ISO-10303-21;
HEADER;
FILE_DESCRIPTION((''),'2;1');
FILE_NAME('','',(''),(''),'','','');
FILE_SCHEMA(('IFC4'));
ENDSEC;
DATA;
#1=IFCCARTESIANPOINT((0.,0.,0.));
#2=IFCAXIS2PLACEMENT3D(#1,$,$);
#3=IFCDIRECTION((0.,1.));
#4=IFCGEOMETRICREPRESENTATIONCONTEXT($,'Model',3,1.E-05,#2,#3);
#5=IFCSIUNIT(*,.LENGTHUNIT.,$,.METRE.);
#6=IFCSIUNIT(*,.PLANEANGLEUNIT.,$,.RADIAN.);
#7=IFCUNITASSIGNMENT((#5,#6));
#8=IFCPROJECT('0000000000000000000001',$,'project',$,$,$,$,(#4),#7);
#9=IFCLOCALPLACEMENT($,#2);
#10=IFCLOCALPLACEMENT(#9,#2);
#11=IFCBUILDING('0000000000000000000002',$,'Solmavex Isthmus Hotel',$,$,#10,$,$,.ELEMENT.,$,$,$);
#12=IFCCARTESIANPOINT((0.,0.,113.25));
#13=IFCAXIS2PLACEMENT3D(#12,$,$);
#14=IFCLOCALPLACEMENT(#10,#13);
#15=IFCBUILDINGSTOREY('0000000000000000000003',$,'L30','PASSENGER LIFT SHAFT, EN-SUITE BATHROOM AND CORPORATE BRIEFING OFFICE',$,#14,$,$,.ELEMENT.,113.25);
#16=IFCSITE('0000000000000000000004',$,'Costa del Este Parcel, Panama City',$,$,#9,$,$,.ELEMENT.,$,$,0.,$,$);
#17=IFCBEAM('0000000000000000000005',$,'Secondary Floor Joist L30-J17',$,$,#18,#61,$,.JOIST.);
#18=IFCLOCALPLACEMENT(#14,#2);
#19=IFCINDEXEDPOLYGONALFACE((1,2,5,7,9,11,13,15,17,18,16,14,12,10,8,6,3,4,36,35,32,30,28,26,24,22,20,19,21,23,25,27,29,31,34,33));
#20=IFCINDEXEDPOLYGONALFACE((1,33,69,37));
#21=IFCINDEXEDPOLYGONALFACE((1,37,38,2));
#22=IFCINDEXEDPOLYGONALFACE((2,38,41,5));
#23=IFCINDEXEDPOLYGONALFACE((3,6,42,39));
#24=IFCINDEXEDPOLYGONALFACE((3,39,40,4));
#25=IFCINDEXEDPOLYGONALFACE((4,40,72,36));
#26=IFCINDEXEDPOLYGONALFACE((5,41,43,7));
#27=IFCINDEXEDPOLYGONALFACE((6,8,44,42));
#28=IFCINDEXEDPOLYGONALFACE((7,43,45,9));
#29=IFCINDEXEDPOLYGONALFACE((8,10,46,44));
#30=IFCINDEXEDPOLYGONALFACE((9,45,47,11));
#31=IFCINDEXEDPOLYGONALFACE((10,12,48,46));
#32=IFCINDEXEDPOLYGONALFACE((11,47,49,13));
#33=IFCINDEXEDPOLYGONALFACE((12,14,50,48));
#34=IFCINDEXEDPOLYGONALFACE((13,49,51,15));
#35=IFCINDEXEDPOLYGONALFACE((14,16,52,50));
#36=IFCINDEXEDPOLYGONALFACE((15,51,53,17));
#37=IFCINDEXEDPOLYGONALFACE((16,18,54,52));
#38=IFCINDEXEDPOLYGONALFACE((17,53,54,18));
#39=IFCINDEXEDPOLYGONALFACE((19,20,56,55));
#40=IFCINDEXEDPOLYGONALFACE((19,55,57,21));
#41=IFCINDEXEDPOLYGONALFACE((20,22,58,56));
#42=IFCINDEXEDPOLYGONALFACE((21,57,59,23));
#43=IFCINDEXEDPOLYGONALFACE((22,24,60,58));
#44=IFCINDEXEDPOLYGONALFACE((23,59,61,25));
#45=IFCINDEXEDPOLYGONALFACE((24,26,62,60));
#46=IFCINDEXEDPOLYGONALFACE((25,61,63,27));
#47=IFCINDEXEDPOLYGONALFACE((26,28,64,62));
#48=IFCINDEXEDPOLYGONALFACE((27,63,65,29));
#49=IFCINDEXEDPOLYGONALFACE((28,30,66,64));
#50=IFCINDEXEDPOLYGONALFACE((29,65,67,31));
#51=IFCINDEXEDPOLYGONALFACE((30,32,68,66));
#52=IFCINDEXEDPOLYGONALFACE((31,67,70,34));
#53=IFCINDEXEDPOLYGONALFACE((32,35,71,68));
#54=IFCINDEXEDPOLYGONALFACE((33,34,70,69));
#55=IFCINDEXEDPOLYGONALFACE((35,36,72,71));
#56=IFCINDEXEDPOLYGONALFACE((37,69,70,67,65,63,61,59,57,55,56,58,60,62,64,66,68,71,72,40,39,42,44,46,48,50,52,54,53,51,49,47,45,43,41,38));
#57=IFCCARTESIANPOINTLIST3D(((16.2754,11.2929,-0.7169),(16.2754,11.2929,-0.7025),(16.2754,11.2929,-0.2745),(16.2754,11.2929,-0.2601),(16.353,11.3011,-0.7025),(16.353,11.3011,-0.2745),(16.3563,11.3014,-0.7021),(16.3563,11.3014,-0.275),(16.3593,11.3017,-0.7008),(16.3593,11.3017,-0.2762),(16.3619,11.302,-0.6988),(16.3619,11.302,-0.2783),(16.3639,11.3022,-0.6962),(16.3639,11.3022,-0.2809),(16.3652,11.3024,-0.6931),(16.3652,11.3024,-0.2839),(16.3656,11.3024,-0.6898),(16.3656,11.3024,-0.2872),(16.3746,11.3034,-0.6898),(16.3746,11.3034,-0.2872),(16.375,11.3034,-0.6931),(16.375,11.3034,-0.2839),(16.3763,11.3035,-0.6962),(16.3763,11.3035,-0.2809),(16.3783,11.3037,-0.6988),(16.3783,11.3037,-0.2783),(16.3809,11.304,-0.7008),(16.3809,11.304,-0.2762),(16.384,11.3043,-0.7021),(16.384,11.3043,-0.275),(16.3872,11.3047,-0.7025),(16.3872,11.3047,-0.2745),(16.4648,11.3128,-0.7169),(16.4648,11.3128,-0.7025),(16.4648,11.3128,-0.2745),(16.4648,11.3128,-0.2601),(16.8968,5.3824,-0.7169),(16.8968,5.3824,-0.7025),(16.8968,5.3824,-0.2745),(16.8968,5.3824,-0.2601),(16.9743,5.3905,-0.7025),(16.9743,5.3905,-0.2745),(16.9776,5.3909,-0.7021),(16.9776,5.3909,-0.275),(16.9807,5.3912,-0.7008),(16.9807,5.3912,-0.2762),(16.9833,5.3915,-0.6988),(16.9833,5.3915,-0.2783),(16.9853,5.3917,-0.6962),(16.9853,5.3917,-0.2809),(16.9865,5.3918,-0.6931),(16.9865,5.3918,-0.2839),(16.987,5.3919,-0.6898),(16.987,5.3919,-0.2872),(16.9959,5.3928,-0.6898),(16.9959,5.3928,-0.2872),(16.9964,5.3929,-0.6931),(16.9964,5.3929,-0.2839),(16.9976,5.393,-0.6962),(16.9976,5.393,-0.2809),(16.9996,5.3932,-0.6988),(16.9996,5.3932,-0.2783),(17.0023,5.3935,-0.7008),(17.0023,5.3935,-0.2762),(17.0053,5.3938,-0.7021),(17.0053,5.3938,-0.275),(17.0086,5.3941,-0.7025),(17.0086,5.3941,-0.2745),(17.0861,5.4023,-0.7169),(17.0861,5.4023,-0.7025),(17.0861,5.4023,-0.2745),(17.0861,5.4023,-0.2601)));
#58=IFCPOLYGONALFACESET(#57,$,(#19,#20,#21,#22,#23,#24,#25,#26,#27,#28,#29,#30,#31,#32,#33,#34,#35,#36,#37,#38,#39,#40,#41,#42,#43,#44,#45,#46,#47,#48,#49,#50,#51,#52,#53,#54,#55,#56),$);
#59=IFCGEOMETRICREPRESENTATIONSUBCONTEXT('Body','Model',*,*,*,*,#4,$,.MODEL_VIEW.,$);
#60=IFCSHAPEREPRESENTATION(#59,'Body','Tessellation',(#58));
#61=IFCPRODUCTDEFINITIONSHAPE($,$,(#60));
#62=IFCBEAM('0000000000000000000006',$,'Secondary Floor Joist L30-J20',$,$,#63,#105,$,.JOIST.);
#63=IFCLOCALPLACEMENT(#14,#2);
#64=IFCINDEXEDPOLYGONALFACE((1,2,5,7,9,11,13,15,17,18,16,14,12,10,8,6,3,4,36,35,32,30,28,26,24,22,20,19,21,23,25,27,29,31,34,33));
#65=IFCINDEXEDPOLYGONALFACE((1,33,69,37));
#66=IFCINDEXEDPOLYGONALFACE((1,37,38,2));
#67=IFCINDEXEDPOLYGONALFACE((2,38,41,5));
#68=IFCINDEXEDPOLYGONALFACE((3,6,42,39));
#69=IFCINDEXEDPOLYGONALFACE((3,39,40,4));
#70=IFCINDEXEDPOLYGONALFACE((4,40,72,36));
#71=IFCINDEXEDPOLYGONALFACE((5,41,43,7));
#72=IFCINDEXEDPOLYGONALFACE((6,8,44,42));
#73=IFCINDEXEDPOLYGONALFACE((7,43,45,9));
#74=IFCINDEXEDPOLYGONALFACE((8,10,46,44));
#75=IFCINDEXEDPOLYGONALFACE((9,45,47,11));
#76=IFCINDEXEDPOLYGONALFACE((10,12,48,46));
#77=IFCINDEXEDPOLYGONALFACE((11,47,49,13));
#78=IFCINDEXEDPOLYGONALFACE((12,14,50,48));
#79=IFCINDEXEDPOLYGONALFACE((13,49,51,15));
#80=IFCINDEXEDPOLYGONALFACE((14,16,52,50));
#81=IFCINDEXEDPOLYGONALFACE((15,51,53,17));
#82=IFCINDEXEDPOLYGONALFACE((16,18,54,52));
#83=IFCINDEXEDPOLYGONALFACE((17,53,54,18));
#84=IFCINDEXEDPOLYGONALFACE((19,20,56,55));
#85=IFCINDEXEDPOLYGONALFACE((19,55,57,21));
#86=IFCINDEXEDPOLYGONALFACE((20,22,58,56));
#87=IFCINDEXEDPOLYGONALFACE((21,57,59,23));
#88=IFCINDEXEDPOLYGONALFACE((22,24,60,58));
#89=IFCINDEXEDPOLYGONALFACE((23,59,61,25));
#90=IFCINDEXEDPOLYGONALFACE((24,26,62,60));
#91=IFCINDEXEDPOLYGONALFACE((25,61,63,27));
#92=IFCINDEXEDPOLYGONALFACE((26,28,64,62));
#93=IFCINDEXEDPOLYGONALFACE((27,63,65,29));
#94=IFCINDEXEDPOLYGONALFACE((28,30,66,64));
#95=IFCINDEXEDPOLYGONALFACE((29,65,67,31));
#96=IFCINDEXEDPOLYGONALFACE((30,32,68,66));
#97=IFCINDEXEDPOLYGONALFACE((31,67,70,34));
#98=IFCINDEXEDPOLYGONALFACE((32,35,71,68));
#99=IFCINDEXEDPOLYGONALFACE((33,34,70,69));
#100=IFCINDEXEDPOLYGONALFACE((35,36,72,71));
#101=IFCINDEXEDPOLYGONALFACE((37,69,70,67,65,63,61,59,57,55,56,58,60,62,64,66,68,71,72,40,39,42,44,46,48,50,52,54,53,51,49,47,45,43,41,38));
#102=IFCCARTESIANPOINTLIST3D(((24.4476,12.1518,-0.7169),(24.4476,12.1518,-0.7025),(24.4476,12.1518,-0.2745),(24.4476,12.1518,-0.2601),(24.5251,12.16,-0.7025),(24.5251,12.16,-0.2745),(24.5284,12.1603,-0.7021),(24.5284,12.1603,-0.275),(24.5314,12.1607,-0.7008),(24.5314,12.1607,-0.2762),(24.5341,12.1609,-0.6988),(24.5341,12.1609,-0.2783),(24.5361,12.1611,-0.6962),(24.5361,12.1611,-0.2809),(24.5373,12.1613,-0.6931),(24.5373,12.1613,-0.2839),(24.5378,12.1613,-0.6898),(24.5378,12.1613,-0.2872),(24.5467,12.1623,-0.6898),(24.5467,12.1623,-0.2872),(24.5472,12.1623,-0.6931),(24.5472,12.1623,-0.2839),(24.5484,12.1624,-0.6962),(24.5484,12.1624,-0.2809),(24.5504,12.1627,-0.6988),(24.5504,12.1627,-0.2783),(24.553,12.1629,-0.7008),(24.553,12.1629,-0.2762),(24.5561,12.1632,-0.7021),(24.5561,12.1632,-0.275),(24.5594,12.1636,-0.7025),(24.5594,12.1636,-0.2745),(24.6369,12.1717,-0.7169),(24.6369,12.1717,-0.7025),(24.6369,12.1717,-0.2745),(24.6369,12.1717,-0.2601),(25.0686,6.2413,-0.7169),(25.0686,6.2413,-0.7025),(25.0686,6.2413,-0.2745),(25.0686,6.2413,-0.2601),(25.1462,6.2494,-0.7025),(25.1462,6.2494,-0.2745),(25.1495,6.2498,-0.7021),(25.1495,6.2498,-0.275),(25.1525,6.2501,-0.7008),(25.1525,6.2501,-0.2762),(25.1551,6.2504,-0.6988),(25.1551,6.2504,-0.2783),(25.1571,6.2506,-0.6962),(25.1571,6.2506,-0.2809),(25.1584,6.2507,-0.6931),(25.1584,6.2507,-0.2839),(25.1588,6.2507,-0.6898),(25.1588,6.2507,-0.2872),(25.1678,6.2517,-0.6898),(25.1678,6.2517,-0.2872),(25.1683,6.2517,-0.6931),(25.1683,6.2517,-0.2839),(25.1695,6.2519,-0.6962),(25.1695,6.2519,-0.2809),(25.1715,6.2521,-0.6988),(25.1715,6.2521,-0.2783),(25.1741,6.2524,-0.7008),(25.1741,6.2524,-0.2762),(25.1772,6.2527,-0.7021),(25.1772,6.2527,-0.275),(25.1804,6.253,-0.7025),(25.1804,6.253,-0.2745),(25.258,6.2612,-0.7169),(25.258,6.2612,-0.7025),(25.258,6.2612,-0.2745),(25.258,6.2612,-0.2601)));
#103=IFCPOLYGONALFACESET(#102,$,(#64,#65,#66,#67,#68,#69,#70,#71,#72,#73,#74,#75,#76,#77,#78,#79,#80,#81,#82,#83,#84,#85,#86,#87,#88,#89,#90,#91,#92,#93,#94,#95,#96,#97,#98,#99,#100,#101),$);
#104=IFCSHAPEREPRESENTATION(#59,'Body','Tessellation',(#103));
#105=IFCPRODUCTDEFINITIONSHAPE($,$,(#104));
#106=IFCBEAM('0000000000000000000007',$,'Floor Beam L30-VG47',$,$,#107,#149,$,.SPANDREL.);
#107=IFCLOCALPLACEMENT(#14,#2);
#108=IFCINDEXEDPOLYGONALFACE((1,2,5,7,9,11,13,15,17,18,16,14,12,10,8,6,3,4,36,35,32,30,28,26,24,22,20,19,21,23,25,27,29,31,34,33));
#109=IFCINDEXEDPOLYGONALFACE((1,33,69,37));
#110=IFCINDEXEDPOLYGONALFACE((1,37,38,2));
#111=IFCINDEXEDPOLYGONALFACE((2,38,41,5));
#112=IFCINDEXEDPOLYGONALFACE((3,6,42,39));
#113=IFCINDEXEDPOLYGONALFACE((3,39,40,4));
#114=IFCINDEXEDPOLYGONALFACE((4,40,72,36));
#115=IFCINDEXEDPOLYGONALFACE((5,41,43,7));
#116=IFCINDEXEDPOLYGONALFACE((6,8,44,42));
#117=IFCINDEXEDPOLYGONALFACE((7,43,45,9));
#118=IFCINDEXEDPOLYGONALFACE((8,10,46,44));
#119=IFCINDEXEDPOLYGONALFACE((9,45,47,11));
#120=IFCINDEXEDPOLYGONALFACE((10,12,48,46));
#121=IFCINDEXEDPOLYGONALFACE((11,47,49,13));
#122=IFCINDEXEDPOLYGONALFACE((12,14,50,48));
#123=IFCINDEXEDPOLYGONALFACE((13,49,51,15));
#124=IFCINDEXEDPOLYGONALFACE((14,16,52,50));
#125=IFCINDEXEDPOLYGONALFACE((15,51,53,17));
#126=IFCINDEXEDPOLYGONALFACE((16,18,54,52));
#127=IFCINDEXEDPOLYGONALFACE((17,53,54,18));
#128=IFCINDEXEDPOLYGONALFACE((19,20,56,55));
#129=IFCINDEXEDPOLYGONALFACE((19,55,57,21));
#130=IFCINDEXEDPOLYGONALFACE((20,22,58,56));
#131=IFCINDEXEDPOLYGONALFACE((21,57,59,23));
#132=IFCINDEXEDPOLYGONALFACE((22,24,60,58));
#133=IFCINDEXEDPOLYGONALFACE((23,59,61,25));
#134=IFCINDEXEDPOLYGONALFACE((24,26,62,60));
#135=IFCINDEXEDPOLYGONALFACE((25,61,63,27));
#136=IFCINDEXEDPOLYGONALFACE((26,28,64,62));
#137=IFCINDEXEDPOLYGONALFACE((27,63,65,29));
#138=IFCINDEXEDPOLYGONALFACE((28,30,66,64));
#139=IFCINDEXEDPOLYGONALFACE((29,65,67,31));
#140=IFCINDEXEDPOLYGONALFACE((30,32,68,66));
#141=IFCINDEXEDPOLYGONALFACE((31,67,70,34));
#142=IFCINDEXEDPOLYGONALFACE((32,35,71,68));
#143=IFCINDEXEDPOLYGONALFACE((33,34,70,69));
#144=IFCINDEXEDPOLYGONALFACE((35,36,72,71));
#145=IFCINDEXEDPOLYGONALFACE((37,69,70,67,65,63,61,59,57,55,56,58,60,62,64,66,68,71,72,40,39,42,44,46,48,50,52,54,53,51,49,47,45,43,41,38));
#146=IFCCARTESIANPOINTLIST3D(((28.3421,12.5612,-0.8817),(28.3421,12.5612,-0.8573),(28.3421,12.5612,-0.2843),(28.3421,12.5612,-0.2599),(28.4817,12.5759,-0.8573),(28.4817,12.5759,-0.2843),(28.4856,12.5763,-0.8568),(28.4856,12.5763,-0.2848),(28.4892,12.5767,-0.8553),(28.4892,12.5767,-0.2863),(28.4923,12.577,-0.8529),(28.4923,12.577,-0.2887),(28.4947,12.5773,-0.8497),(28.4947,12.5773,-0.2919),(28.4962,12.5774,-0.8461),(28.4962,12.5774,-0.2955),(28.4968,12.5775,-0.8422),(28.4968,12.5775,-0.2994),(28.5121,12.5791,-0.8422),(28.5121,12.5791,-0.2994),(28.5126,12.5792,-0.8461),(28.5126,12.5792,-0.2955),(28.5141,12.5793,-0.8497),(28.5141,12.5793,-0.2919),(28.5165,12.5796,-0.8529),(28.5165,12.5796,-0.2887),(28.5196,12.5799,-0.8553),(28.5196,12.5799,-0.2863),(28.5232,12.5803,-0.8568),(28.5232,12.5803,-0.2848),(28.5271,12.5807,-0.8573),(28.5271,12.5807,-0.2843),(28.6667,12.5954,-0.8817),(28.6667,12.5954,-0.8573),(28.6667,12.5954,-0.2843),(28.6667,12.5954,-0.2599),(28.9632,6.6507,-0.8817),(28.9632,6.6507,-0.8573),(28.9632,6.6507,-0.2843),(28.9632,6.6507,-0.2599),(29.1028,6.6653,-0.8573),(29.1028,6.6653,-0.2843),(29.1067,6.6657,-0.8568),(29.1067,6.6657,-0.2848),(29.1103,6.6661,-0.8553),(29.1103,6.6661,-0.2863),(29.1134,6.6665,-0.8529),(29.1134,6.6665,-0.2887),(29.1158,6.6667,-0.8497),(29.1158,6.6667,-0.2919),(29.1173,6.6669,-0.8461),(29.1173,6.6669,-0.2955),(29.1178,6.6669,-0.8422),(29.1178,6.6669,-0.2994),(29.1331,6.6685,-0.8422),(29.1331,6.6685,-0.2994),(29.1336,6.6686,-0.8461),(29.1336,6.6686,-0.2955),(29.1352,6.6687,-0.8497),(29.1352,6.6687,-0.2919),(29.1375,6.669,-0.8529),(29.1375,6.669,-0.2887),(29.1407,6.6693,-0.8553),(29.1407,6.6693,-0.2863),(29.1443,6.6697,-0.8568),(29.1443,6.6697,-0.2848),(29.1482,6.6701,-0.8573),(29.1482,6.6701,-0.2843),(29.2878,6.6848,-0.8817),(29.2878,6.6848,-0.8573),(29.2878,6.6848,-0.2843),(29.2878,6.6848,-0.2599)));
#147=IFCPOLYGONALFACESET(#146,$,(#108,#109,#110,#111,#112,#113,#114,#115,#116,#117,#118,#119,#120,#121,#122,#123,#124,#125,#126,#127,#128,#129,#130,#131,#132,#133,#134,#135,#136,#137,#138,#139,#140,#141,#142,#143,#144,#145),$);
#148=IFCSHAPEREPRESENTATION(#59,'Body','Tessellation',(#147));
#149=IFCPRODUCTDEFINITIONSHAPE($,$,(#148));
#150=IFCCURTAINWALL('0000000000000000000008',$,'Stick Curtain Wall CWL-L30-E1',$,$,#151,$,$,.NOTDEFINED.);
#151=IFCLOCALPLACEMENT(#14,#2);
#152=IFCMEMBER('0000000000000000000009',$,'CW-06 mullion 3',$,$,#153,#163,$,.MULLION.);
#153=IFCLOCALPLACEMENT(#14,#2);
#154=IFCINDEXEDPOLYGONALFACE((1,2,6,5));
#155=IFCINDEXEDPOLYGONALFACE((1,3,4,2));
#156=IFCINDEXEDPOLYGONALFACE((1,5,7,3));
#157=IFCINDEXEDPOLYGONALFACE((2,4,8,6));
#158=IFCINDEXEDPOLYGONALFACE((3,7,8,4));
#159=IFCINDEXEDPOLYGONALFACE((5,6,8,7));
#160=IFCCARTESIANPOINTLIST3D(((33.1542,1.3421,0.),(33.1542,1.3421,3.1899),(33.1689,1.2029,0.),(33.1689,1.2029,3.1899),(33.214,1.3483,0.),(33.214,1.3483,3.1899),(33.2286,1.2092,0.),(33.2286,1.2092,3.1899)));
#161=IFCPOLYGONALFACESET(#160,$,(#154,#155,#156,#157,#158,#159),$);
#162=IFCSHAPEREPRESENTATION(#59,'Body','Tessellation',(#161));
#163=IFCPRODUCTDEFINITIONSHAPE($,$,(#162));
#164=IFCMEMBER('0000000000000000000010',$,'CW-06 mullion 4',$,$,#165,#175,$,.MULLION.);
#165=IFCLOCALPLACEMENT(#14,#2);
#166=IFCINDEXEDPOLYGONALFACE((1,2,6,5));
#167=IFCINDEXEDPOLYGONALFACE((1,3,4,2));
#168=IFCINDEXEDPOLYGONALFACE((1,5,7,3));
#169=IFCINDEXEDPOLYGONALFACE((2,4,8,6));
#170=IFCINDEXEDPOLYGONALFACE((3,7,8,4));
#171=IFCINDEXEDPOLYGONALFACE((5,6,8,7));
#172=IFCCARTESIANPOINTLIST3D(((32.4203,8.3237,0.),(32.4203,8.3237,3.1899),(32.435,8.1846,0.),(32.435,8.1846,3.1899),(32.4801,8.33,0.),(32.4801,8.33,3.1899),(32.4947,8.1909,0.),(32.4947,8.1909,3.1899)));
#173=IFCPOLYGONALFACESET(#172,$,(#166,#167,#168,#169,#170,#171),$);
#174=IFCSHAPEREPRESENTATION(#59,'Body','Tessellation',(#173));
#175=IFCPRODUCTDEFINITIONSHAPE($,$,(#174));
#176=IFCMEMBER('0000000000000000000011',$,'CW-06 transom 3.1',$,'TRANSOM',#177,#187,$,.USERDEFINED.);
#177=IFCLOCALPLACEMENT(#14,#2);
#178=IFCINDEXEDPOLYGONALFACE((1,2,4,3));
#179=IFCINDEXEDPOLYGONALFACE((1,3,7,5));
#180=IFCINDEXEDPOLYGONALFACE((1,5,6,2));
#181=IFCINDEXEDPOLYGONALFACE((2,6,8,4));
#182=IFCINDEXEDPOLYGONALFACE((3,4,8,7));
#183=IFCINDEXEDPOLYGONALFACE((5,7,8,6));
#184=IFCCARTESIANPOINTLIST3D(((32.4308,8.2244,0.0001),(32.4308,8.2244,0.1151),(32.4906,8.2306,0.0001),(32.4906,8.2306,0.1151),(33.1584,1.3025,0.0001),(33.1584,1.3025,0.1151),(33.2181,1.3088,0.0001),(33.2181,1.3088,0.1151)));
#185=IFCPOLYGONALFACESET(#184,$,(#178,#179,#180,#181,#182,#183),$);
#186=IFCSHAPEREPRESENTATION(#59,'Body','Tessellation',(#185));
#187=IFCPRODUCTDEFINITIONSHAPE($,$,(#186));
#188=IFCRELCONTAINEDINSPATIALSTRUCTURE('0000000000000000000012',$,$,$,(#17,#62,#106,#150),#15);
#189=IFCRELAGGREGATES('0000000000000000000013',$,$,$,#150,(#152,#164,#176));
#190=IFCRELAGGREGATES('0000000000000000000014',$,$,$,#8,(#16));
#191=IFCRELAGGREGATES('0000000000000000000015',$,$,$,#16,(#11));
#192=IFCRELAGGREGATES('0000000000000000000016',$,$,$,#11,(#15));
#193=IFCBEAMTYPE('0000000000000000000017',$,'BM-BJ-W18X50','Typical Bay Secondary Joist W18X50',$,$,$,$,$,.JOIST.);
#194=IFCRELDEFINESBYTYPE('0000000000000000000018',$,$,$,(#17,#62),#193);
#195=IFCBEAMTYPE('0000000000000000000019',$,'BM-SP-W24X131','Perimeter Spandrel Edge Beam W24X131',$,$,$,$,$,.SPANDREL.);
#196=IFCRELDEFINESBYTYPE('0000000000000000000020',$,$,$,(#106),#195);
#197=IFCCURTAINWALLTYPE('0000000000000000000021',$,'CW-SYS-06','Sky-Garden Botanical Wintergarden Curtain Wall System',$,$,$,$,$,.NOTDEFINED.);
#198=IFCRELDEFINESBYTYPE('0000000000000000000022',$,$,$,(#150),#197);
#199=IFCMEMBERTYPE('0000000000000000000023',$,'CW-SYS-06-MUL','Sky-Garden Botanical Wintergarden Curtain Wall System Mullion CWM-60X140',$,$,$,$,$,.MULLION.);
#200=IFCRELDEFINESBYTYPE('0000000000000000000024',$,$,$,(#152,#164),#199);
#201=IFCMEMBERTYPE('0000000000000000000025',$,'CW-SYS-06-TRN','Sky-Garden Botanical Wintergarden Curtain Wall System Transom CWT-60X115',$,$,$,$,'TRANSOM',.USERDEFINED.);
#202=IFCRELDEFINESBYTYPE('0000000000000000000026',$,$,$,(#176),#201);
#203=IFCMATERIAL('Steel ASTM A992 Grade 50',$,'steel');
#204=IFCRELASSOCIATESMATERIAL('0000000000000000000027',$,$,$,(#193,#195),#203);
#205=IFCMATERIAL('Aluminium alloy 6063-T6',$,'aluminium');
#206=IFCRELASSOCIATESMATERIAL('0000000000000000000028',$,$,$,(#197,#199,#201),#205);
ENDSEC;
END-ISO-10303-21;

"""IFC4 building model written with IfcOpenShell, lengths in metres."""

from ifc_helpers import new_model, si_unit, direction, frame, origin, origin_2d, place, context, subcontext, project, spatial, rectangle, i_section, extrude, material, material_profile, profile_set, type_object, element, aggregate, save


model = new_model("IFC4")

# Units and contexts
model_context = context("Model", 3, precision=1e-05, world=origin(), true_north=direction((0.0, 1.0)))
body_context = subcontext(model_context, "Body", "Model", "MODEL_VIEW")
ifc_project = project(units=[si_unit("LENGTHUNIT", "METRE"), si_unit("PLANEANGLEUNIT", "RADIAN")], contexts=[model_context])

# Site, building, storey
site_placement = place(None, origin())
site = spatial("IfcSite", under=ifc_project, at=site_placement, Name="Costa del Este Parcel, Panama City", CompositionType="ELEMENT", RefElevation=0.0)
building_placement = place(site_placement, origin())
building = spatial("IfcBuilding", under=site, at=building_placement, Name="Solmavex Isthmus Hotel", CompositionType="ELEMENT")
storey_placement = place(building_placement, frame((0.0, 0.0, 113.25)))
storey = spatial("IfcBuildingStorey", under=building, at=storey_placement, Name="L30", Description="PASSENGER LIFT SHAFT, EN-SUITE BATHROOM AND CORPORATE BRIEFING OFFICE", CompositionType="ELEMENT", Elevation=113.25)

# Beams
ifc_material_1 = material(Name="Steel ASTM A992 Grade 50", Category="steel")
ifc_material_profile_1 = material_profile(ifc_material_1, i_section(OverallWidth=0.1904, OverallDepth=0.4568, WebThickness=0.009, FlangeThickness=0.0144, FilletRadius=0.0127, at=origin_2d()), Name="W18X50")
ifc_profile_set_1 = profile_set([ifc_material_profile_1], Name="Steel ASTM A992 Grade 50")
beam_type_1 = type_object("IfcBeamType", Name="BM-BJ-W18X50", Description="Typical Bay Secondary Joist W18X50", PredefinedType="JOIST", material=ifc_profile_set_1)
for number, where, z_axis, x_axis, name in (
    (1, (16.9915, 5.3923, -0.4885), (-0.104546, 0.99452, 0.0), (-0.99452, -0.104546, 0.0), "Secondary Floor Joist L30-J17"),
    (2, (25.1633, 6.2512, -0.4885), (-0.104505, 0.994524, 0.0), (-0.994524, -0.104505, 0.0), "Secondary Floor Joist L30-J20"),
):
    element("IfcBeam", number, at=place(storey_placement, frame(where, z_axis=z_axis, x_axis=x_axis)), inside=storey, type_object=beam_type_1, Name=name, PredefinedType="JOIST", context=body_context, shape_type="SweptSolid", body=[
        extrude(i_section(OverallWidth=0.1904, OverallDepth=0.4568, WebThickness=0.009, FlangeThickness=0.0144, FilletRadius=0.0127, at=origin_2d()), origin(), (0.0, 0.0, 1.0), 5.9431),
    ])
ifc_material_profile_2 = material_profile(ifc_material_1, i_section(OverallWidth=0.3264, OverallDepth=0.6218, WebThickness=0.0154, FlangeThickness=0.0244, FilletRadius=0.0151, at=origin_2d()), Name="W24X131")
ifc_profile_set_2 = profile_set([ifc_material_profile_2], Name="Steel ASTM A992 Grade 50")
beam_type_2 = type_object("IfcBeamType", Name="BM-SP-W24X131", Description="Perimeter Spandrel Edge Beam W24X131", PredefinedType="SPANDREL", material=ifc_profile_set_2)
beam_1_placement = place(storey_placement, frame((29.1255, 6.6677, -0.5708), z_axis=(-0.104505, 0.994524, 0.0), x_axis=(-0.994524, -0.104505, 0.0)))
element("IfcBeam", 3, at=beam_1_placement, inside=storey, type_object=beam_type_2, Name="Floor Beam L30-VG47", PredefinedType="SPANDREL", context=body_context, shape_type="SweptSolid", body=[
    extrude(i_section(OverallWidth=0.3264, OverallDepth=0.6218, WebThickness=0.0154, FlangeThickness=0.0244, FilletRadius=0.0151, at=origin_2d()), origin(), (0.0, 0.0, 1.0), 5.9431),
])

# Curtain wall, members
ifc_material_2 = material(Name="Aluminium alloy 6063-T6", Category="aluminium")
curtain_wall_type = type_object("IfcCurtainWallType", Name="CW-SYS-06", Description="Sky-Garden Botanical Wintergarden Curtain Wall System", PredefinedType="NOTDEFINED", material=ifc_material_2)
curtain_wall_placement = place(storey_placement, origin())
curtain_wall = element("IfcCurtainWall", 4, at=curtain_wall_placement, inside=storey, type_object=curtain_wall_type, Name="Stick Curtain Wall CWL-L30-E1", PredefinedType="NOTDEFINED")
ifc_material_profile_3 = material_profile(ifc_material_2, rectangle(XDim=0.0601, YDim=0.1399, at=origin_2d()), Name="CWM-60X140")
ifc_profile_set_3 = profile_set([ifc_material_profile_3], Name="Aluminium alloy 6063-T6")
member_type_1 = type_object("IfcMemberType", Name="CW-SYS-06-MUL", Description="Sky-Garden Botanical Wintergarden Curtain Wall System Mullion CWM-60X140", PredefinedType="MULLION", material=ifc_profile_set_3)
member_1_placement = place(storey_placement, frame((33.1914, 1.2756, 0.0), z_axis=(0.0, 0.0, 1.0), x_axis=(-0.994522, -0.104528, 0.0)))
member_1 = element("IfcMember", 5, at=member_1_placement, type_object=member_type_1, Name="CW-06 mullion 3", PredefinedType="MULLION", context=body_context, shape_type="SweptSolid", body=[
    extrude(rectangle(XDim=0.0601, YDim=0.1399, at=origin_2d()), origin(), (0.0, 0.0, 1.0), 3.1899),
])
member_2_placement = place(storey_placement, frame((32.4575, 8.2573, 0.0), z_axis=(0.0, 0.0, 1.0), x_axis=(-0.994522, -0.104528, 0.0)))
member_2 = element("IfcMember", 6, at=member_2_placement, type_object=member_type_1, Name="CW-06 mullion 4", PredefinedType="MULLION", context=body_context, shape_type="SweptSolid", body=[
    extrude(rectangle(XDim=0.0601, YDim=0.1399, at=origin_2d()), origin(), (0.0, 0.0, 1.0), 3.1899),
])
ifc_material_profile_4 = material_profile(ifc_material_2, rectangle(XDim=0.0601, YDim=0.115, at=origin_2d()), Name="CWT-60X115")
ifc_profile_set_4 = profile_set([ifc_material_profile_4], Name="Aluminium alloy 6063-T6")
member_type_2 = type_object("IfcMemberType", Name="CW-SYS-06-TRN", Description="Sky-Garden Botanical Wintergarden Curtain Wall System Transom CWT-60X115", ElementType="TRANSOM", PredefinedType="USERDEFINED", material=ifc_profile_set_4)
member_3_placement = place(storey_placement, frame((33.1882, 1.3057, 0.0576), z_axis=(-0.104531, 0.994522, 0.0), x_axis=(-0.994522, -0.104531, 0.0)))
member_3 = element("IfcMember", 7, at=member_3_placement, type_object=member_type_2, Name="CW-06 transom 3.1", ObjectType="TRANSOM", PredefinedType="USERDEFINED", context=body_context, shape_type="SweptSolid", body=[
    extrude(rectangle(XDim=0.0601, YDim=0.115, at=origin_2d()), origin(), (0.0, 0.0, 1.0), 6.96),
])
aggregate(curtain_wall, [member_1, member_2, member_3])

save(model, "model.ifc")
